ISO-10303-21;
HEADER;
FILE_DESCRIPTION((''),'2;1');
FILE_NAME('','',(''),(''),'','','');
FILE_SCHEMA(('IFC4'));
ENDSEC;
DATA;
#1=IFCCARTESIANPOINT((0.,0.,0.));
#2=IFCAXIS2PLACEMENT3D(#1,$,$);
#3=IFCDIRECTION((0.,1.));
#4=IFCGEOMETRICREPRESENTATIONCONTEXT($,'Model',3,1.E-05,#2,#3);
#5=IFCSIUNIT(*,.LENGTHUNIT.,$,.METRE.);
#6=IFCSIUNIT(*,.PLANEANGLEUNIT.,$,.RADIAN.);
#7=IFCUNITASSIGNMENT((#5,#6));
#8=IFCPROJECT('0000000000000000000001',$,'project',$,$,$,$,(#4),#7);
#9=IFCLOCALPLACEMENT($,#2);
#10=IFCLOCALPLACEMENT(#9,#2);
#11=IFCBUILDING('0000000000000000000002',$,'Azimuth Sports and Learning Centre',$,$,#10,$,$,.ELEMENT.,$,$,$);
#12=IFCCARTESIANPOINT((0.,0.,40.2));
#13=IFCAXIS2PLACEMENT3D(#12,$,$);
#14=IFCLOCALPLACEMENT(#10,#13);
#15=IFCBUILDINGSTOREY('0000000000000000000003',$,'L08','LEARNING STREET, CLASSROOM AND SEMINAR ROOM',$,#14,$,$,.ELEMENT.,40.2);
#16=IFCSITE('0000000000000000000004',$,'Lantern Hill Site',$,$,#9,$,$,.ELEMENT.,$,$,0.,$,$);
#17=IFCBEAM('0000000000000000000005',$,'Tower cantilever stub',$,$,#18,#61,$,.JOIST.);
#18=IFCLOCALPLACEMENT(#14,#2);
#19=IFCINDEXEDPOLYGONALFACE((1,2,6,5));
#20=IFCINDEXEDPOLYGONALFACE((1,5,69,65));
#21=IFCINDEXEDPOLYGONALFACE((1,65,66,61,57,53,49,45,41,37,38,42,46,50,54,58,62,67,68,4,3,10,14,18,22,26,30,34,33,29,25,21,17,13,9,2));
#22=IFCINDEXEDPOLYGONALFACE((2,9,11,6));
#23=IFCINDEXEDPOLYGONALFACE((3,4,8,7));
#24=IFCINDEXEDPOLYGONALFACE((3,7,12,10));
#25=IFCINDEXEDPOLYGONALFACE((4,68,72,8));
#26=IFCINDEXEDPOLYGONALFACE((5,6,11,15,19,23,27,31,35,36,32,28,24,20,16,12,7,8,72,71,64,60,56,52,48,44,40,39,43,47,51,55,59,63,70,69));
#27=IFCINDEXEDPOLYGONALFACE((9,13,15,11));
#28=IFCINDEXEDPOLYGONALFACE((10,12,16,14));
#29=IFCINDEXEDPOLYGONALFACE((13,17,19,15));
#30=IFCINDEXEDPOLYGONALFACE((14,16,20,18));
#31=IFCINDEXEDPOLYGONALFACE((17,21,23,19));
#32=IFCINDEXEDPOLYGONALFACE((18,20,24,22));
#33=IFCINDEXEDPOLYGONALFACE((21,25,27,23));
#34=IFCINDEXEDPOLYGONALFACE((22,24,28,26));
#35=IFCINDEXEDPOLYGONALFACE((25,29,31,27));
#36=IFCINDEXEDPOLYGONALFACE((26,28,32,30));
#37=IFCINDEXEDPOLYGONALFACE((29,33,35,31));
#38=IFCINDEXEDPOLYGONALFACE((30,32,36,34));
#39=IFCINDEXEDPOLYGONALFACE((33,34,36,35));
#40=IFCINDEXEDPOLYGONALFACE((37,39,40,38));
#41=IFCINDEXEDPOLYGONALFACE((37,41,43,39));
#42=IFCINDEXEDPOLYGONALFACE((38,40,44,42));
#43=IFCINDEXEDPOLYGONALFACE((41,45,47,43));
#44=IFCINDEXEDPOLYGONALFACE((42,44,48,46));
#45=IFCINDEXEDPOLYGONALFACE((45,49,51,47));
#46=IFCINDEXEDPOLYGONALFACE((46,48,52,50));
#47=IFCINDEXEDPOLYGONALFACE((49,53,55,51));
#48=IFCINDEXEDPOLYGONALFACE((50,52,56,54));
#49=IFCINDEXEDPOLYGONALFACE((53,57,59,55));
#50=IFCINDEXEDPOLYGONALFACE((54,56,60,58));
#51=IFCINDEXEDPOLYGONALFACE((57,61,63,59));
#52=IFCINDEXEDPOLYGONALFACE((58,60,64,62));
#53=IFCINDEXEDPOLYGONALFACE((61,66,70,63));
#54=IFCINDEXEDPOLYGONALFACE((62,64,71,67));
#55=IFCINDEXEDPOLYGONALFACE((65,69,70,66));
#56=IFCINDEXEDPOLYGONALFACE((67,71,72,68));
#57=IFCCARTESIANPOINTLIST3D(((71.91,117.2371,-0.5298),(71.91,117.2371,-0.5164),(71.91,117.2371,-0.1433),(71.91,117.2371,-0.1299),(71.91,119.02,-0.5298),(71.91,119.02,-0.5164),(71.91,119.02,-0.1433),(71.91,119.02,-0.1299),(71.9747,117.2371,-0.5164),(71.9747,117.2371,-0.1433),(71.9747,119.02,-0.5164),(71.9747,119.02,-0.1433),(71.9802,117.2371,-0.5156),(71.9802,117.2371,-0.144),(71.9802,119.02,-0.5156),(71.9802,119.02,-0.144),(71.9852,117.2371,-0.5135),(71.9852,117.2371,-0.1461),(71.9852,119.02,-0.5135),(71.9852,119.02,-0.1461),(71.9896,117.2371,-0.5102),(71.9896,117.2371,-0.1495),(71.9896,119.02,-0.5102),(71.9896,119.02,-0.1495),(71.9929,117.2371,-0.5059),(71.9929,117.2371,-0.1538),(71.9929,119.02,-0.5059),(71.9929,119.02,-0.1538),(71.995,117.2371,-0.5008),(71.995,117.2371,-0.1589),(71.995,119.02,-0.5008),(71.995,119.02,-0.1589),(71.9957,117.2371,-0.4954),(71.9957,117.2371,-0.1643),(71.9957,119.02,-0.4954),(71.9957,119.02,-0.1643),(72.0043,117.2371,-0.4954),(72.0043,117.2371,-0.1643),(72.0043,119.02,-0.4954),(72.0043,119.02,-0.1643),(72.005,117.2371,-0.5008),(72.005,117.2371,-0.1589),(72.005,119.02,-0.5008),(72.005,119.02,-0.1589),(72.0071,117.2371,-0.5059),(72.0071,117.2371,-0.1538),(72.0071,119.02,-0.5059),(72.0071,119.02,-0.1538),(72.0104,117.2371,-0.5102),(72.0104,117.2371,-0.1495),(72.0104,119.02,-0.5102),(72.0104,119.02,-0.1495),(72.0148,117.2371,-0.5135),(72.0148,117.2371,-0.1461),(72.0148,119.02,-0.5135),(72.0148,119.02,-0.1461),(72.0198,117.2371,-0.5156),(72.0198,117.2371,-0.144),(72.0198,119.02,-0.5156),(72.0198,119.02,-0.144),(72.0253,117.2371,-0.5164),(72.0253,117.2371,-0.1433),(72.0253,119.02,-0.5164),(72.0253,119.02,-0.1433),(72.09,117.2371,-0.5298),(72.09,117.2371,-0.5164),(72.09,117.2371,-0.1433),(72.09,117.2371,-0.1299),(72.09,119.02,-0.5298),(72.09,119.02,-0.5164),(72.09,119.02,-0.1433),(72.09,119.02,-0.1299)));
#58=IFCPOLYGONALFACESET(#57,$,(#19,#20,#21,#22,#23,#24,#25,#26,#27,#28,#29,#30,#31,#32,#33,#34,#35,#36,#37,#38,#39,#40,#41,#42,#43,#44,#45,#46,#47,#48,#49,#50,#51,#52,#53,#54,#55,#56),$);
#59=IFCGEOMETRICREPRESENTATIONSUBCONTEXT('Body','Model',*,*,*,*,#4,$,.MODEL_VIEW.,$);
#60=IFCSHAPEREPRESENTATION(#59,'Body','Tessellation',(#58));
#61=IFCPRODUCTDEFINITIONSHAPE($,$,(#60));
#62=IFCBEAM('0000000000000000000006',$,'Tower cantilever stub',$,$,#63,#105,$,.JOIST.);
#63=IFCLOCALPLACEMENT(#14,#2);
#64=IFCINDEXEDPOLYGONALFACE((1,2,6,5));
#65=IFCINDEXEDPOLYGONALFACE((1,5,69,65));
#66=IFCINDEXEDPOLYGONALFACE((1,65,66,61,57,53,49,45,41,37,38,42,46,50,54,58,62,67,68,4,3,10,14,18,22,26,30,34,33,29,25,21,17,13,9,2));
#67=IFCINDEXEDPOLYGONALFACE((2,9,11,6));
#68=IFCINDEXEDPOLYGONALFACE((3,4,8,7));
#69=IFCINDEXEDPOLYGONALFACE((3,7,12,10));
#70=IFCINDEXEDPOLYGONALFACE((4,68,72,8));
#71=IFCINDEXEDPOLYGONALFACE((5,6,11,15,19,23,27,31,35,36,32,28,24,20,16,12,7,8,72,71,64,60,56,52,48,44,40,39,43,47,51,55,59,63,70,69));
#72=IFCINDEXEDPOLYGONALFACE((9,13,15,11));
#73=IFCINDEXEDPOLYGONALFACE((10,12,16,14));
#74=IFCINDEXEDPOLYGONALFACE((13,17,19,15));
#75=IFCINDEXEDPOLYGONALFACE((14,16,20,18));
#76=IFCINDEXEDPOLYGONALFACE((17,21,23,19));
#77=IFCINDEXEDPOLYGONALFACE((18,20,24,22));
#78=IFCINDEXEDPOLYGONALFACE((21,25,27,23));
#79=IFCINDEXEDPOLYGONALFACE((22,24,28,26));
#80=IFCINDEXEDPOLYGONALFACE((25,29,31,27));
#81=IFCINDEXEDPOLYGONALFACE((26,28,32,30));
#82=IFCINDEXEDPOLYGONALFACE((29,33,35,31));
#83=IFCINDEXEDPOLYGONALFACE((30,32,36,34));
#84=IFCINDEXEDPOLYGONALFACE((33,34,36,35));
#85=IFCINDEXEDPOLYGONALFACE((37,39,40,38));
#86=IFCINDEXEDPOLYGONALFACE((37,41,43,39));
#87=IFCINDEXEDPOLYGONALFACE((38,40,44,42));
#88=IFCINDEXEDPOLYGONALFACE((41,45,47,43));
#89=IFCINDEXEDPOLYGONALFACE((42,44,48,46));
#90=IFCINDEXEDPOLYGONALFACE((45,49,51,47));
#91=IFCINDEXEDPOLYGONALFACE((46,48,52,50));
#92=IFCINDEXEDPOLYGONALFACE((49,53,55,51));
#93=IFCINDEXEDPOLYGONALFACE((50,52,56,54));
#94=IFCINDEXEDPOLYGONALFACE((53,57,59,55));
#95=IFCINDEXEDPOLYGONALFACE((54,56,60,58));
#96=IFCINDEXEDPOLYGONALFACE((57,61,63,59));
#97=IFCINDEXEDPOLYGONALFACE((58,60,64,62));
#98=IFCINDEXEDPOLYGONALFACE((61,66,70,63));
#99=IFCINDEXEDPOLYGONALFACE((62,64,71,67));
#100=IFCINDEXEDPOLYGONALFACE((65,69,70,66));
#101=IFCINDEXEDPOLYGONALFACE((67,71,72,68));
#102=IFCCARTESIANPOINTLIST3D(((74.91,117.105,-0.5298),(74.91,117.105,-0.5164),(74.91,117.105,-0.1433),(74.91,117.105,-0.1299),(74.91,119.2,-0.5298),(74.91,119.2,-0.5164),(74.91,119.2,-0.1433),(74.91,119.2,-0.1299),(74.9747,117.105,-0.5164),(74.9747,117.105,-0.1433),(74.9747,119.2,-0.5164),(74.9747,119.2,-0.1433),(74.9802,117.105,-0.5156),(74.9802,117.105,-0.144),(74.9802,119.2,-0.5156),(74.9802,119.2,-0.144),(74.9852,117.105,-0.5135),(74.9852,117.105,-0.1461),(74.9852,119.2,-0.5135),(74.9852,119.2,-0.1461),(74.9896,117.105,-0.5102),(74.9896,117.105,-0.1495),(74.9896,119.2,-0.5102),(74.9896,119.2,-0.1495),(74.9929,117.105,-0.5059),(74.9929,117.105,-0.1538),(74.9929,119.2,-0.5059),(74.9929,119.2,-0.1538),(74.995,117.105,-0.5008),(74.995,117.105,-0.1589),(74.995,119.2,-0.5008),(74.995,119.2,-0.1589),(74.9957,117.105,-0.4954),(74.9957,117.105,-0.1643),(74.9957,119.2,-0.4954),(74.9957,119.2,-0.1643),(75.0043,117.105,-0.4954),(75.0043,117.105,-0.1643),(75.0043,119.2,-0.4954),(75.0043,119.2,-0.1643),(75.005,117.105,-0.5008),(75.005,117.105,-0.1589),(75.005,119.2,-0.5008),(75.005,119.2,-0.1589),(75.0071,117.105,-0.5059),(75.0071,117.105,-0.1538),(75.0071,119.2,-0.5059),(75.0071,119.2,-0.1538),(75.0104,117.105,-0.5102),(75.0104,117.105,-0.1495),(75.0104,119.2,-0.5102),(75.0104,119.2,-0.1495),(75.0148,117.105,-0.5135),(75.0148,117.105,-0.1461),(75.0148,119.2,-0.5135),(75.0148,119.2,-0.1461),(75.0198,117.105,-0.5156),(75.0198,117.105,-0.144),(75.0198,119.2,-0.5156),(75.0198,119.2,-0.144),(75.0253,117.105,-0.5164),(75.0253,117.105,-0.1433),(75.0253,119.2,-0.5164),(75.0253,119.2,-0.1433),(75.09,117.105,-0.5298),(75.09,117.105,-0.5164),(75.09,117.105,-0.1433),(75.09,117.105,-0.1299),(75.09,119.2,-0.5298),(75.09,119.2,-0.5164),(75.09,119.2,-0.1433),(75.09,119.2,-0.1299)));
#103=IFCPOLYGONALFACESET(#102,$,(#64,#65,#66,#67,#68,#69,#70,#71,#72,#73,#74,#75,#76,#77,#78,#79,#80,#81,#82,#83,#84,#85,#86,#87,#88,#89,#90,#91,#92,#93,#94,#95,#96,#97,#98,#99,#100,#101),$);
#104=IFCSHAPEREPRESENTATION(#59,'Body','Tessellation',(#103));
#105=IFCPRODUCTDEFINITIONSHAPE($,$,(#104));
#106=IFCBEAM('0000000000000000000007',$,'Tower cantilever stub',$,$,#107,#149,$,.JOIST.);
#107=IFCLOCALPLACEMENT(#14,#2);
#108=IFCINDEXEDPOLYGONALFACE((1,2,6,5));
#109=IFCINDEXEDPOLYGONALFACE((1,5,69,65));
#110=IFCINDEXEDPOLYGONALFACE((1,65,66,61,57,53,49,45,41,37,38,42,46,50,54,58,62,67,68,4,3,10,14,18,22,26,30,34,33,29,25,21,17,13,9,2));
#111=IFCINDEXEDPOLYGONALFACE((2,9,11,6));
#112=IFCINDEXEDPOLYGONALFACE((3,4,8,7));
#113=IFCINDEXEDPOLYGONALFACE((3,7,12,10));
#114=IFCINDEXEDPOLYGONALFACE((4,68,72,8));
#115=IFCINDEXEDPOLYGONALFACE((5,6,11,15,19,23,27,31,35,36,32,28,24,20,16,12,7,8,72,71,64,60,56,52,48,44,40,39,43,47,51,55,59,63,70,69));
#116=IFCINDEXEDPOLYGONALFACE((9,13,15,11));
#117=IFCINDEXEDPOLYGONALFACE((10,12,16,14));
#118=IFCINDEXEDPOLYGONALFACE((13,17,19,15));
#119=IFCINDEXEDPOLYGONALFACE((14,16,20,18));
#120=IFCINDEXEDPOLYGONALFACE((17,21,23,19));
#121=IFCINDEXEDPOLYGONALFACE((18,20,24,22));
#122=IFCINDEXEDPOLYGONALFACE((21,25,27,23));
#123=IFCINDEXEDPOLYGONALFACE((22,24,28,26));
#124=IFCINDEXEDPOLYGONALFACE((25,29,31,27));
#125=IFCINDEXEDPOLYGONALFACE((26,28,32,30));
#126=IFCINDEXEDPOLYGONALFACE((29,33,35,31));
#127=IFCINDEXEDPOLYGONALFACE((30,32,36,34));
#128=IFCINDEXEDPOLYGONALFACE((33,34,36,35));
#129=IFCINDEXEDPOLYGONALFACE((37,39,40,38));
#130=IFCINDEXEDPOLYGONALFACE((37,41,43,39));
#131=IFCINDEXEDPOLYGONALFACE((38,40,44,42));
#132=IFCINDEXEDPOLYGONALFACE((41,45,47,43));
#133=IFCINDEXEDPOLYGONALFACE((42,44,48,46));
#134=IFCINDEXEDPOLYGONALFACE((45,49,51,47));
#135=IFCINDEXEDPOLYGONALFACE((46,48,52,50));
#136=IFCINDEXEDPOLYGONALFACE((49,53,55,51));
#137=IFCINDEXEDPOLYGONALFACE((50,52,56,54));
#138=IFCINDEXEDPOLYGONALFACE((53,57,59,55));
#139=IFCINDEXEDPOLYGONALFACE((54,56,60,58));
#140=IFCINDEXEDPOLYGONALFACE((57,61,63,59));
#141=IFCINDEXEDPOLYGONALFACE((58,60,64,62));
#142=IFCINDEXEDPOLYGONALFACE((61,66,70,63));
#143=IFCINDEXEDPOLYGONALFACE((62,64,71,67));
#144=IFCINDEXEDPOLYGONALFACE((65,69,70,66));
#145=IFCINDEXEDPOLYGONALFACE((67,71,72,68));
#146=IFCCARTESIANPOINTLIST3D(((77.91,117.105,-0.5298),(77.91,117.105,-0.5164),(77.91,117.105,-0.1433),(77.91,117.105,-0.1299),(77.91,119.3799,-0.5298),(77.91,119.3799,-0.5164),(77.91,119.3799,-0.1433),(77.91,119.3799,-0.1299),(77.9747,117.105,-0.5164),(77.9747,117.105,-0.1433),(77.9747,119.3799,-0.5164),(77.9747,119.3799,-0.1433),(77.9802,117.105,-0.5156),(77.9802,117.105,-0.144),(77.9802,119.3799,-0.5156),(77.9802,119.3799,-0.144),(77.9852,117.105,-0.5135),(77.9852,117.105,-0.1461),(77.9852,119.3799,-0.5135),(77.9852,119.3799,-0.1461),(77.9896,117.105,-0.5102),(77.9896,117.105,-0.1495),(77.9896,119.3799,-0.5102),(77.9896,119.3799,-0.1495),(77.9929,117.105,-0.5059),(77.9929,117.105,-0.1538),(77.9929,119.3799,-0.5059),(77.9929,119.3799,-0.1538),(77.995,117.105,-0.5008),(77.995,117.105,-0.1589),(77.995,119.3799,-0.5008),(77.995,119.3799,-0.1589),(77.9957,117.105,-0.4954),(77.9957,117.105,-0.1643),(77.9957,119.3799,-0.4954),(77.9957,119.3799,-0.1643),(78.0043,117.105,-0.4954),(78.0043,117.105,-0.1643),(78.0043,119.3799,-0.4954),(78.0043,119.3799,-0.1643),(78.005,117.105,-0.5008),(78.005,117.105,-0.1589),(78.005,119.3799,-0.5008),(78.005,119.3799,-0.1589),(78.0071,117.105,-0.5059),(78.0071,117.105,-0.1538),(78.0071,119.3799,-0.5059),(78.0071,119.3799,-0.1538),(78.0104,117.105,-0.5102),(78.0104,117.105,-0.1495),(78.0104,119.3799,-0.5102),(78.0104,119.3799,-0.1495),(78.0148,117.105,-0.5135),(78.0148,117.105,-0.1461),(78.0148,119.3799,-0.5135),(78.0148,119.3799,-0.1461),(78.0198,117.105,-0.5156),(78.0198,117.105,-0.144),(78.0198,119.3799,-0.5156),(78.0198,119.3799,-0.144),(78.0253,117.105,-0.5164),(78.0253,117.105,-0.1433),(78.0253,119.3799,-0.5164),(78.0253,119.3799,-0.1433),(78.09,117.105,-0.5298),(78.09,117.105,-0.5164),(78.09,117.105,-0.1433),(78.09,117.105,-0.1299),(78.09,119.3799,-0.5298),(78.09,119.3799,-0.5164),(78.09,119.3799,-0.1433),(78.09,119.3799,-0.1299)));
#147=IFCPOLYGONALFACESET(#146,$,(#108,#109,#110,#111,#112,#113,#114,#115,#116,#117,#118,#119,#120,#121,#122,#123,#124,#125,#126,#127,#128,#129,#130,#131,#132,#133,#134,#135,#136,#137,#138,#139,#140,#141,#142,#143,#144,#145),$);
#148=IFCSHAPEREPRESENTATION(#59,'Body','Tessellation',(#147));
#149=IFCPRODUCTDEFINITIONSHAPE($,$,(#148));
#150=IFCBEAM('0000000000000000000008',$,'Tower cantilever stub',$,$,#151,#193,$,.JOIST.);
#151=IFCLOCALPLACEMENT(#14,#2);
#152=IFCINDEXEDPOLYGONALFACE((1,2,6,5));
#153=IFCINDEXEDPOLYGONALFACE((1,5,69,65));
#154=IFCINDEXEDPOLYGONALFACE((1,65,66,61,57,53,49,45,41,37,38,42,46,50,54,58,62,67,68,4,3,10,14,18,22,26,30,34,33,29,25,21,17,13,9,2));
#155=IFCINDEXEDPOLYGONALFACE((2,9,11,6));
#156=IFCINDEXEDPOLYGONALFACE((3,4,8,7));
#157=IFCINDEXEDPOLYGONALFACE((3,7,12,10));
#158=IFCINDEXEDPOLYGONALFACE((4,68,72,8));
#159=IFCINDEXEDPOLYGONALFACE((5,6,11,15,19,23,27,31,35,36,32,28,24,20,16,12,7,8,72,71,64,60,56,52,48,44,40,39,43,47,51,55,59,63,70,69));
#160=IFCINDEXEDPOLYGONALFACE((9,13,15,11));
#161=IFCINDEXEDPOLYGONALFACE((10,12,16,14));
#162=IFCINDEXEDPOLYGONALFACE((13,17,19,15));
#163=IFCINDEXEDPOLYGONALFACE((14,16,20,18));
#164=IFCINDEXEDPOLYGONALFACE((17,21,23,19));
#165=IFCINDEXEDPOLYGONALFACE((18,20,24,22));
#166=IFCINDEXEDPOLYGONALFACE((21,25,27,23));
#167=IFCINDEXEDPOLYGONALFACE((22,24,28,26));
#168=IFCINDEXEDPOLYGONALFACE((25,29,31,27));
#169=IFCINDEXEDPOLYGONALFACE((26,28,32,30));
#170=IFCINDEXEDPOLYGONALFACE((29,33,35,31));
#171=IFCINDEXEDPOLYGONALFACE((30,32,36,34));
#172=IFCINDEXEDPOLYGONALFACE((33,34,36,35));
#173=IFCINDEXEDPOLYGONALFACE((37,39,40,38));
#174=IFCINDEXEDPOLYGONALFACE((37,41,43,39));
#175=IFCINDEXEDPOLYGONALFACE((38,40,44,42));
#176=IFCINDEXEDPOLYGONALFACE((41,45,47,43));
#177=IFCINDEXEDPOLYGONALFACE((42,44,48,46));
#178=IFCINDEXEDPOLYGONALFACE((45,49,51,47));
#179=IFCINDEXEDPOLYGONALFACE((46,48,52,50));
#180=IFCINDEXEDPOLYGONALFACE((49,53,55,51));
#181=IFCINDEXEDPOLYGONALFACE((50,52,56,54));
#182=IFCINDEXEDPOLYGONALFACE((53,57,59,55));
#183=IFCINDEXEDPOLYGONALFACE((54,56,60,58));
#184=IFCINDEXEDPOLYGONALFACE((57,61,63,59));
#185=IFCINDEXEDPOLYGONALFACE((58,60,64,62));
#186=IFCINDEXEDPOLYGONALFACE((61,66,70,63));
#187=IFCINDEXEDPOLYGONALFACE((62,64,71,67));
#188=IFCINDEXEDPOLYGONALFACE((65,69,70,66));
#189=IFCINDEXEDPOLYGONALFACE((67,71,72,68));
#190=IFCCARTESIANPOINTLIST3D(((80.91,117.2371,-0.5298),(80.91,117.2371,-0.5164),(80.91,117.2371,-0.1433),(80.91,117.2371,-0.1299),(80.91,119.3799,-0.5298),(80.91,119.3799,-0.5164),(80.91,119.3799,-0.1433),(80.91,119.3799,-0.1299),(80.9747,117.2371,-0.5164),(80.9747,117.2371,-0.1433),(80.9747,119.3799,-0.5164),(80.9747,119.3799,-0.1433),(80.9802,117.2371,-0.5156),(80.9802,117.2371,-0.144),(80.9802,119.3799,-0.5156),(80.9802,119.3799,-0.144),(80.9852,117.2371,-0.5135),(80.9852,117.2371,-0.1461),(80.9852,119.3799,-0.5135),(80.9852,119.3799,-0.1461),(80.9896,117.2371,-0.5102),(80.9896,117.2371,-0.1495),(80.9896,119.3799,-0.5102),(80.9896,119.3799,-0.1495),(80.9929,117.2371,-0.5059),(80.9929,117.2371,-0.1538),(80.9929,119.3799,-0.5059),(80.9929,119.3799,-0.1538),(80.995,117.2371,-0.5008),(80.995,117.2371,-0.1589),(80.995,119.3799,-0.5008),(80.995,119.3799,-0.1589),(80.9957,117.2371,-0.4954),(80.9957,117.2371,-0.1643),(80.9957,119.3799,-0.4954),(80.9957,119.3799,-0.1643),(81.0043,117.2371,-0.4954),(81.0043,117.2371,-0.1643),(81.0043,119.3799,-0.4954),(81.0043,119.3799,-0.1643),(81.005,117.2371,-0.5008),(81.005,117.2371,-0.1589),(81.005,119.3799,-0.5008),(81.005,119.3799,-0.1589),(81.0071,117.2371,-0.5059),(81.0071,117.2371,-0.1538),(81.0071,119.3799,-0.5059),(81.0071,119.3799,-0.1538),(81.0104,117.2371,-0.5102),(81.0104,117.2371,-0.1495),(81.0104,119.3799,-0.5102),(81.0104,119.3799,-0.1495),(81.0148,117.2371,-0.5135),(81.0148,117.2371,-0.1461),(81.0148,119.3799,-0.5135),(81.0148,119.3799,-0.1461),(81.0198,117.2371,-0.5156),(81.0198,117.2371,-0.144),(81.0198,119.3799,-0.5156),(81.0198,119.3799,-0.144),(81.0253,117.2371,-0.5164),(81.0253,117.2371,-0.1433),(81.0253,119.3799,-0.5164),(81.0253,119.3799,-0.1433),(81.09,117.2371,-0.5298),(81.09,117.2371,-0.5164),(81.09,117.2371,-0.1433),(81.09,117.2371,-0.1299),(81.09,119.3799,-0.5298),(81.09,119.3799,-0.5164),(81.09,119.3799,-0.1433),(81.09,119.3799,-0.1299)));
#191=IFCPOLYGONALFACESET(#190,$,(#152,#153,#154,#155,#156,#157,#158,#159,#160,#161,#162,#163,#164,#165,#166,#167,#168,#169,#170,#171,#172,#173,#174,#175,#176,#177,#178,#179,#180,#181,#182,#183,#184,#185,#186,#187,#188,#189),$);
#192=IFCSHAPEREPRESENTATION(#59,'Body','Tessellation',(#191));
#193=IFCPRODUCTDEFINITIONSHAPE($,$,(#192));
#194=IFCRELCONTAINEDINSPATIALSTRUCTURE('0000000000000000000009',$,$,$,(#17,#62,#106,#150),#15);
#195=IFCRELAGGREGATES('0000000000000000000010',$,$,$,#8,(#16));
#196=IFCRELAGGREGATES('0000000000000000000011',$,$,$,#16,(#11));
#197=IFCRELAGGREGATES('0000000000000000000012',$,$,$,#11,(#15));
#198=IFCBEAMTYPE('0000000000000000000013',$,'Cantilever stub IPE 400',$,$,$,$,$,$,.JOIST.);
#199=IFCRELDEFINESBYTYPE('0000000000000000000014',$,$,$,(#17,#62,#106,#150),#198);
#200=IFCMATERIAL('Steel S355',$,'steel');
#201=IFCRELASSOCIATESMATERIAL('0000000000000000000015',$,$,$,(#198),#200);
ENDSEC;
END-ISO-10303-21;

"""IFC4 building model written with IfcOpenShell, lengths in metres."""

from ifc_helpers import new_model, si_unit, direction, frame, origin, origin_2d, place, context, subcontext, project, spatial, i_section, extrude, material, material_profile, profile_set, type_object, element, save


model = new_model("IFC4")

# Units and contexts
model_context = context("Model", 3, precision=1e-05, world=origin(), true_north=direction((0.0, 1.0)))
body_context = subcontext(model_context, "Body", "Model", "MODEL_VIEW")
ifc_project = project(units=[si_unit("LENGTHUNIT", "METRE"), si_unit("PLANEANGLEUNIT", "RADIAN")], contexts=[model_context])

# Site, building, storey
site_placement = place(None, origin())
site = spatial("IfcSite", under=ifc_project, at=site_placement, Name="Lantern Hill Site", CompositionType="ELEMENT", RefElevation=0.0)
building_placement = place(site_placement, origin())
building = spatial("IfcBuilding", under=site, at=building_placement, Name="Azimuth Sports and Learning Centre", CompositionType="ELEMENT")
storey_placement = place(building_placement, frame((0.0, 0.0, 40.2)))
storey = spatial("IfcBuildingStorey", under=building, at=storey_placement, Name="L08", Description="LEARNING STREET, CLASSROOM AND SEMINAR ROOM", CompositionType="ELEMENT", Elevation=40.2)

# Beams
ifc_material_1 = material(Name="Steel S355", Category="steel")
ifc_material_profile_1 = material_profile(ifc_material_1, i_section(OverallWidth=0.1799, OverallDepth=0.3999, WebThickness=0.0085, FlangeThickness=0.0134, FilletRadius=0.021, at=origin_2d()), Name="IPE 400")
ifc_profile_set_1 = profile_set([ifc_material_profile_1], Name="Steel S355")
beam_type_1 = type_object("IfcBeamType", Name="Cantilever stub IPE 400", PredefinedType="JOIST", material=ifc_profile_set_1)
beam_1_placement = place(storey_placement, frame((72.0, 117.2371, -0.3298), z_axis=(0.0, 1.0, 0.0), x_axis=(-1.0, 0.0, 0.0)))
element("IfcBeam", 1, at=beam_1_placement, inside=storey, type_object=beam_type_1, Name="Tower cantilever stub", PredefinedType="JOIST", context=body_context, shape_type="SweptSolid", body=[
    extrude(i_section(OverallWidth=0.1799, OverallDepth=0.3999, WebThickness=0.0085, FlangeThickness=0.0134, FilletRadius=0.021, at=origin_2d()), origin(), (0.0, 0.0, 1.0), 1.783),
])
beam_2_placement = place(storey_placement, frame((75.0, 117.105, -0.3298), z_axis=(0.0, 1.0, 0.0), x_axis=(-1.0, 0.0, 0.0)))
element("IfcBeam", 2, at=beam_2_placement, inside=storey, type_object=beam_type_1, Name="Tower cantilever stub", PredefinedType="JOIST", context=body_context, shape_type="SweptSolid", body=[
    extrude(i_section(OverallWidth=0.1799, OverallDepth=0.3999, WebThickness=0.0085, FlangeThickness=0.0134, FilletRadius=0.021, at=origin_2d()), origin(), (0.0, 0.0, 1.0), 2.095),
])
beam_3_placement = place(storey_placement, frame((78.0, 117.105, -0.3298), z_axis=(0.0, 1.0, 0.0), x_axis=(-1.0, 0.0, 0.0)))
element("IfcBeam", 3, at=beam_3_placement, inside=storey, type_object=beam_type_1, Name="Tower cantilever stub", PredefinedType="JOIST", context=body_context, shape_type="SweptSolid", body=[
    extrude(i_section(OverallWidth=0.1799, OverallDepth=0.3999, WebThickness=0.0085, FlangeThickness=0.0134, FilletRadius=0.021, at=origin_2d()), origin(), (0.0, 0.0, 1.0), 2.2749),
])
beam_4_placement = place(storey_placement, frame((81.0, 117.2371, -0.3298), z_axis=(0.0, 1.0, 0.0), x_axis=(-1.0, 0.0, 0.0)))
element("IfcBeam", 4, at=beam_4_placement, inside=storey, type_object=beam_type_1, Name="Tower cantilever stub", PredefinedType="JOIST", context=body_context, shape_type="SweptSolid", body=[
    extrude(i_section(OverallWidth=0.1799, OverallDepth=0.3999, WebThickness=0.0085, FlangeThickness=0.0134, FilletRadius=0.021, at=origin_2d()), origin(), (0.0, 0.0, 1.0), 2.1428),
])

save(model, "model.ifc")
